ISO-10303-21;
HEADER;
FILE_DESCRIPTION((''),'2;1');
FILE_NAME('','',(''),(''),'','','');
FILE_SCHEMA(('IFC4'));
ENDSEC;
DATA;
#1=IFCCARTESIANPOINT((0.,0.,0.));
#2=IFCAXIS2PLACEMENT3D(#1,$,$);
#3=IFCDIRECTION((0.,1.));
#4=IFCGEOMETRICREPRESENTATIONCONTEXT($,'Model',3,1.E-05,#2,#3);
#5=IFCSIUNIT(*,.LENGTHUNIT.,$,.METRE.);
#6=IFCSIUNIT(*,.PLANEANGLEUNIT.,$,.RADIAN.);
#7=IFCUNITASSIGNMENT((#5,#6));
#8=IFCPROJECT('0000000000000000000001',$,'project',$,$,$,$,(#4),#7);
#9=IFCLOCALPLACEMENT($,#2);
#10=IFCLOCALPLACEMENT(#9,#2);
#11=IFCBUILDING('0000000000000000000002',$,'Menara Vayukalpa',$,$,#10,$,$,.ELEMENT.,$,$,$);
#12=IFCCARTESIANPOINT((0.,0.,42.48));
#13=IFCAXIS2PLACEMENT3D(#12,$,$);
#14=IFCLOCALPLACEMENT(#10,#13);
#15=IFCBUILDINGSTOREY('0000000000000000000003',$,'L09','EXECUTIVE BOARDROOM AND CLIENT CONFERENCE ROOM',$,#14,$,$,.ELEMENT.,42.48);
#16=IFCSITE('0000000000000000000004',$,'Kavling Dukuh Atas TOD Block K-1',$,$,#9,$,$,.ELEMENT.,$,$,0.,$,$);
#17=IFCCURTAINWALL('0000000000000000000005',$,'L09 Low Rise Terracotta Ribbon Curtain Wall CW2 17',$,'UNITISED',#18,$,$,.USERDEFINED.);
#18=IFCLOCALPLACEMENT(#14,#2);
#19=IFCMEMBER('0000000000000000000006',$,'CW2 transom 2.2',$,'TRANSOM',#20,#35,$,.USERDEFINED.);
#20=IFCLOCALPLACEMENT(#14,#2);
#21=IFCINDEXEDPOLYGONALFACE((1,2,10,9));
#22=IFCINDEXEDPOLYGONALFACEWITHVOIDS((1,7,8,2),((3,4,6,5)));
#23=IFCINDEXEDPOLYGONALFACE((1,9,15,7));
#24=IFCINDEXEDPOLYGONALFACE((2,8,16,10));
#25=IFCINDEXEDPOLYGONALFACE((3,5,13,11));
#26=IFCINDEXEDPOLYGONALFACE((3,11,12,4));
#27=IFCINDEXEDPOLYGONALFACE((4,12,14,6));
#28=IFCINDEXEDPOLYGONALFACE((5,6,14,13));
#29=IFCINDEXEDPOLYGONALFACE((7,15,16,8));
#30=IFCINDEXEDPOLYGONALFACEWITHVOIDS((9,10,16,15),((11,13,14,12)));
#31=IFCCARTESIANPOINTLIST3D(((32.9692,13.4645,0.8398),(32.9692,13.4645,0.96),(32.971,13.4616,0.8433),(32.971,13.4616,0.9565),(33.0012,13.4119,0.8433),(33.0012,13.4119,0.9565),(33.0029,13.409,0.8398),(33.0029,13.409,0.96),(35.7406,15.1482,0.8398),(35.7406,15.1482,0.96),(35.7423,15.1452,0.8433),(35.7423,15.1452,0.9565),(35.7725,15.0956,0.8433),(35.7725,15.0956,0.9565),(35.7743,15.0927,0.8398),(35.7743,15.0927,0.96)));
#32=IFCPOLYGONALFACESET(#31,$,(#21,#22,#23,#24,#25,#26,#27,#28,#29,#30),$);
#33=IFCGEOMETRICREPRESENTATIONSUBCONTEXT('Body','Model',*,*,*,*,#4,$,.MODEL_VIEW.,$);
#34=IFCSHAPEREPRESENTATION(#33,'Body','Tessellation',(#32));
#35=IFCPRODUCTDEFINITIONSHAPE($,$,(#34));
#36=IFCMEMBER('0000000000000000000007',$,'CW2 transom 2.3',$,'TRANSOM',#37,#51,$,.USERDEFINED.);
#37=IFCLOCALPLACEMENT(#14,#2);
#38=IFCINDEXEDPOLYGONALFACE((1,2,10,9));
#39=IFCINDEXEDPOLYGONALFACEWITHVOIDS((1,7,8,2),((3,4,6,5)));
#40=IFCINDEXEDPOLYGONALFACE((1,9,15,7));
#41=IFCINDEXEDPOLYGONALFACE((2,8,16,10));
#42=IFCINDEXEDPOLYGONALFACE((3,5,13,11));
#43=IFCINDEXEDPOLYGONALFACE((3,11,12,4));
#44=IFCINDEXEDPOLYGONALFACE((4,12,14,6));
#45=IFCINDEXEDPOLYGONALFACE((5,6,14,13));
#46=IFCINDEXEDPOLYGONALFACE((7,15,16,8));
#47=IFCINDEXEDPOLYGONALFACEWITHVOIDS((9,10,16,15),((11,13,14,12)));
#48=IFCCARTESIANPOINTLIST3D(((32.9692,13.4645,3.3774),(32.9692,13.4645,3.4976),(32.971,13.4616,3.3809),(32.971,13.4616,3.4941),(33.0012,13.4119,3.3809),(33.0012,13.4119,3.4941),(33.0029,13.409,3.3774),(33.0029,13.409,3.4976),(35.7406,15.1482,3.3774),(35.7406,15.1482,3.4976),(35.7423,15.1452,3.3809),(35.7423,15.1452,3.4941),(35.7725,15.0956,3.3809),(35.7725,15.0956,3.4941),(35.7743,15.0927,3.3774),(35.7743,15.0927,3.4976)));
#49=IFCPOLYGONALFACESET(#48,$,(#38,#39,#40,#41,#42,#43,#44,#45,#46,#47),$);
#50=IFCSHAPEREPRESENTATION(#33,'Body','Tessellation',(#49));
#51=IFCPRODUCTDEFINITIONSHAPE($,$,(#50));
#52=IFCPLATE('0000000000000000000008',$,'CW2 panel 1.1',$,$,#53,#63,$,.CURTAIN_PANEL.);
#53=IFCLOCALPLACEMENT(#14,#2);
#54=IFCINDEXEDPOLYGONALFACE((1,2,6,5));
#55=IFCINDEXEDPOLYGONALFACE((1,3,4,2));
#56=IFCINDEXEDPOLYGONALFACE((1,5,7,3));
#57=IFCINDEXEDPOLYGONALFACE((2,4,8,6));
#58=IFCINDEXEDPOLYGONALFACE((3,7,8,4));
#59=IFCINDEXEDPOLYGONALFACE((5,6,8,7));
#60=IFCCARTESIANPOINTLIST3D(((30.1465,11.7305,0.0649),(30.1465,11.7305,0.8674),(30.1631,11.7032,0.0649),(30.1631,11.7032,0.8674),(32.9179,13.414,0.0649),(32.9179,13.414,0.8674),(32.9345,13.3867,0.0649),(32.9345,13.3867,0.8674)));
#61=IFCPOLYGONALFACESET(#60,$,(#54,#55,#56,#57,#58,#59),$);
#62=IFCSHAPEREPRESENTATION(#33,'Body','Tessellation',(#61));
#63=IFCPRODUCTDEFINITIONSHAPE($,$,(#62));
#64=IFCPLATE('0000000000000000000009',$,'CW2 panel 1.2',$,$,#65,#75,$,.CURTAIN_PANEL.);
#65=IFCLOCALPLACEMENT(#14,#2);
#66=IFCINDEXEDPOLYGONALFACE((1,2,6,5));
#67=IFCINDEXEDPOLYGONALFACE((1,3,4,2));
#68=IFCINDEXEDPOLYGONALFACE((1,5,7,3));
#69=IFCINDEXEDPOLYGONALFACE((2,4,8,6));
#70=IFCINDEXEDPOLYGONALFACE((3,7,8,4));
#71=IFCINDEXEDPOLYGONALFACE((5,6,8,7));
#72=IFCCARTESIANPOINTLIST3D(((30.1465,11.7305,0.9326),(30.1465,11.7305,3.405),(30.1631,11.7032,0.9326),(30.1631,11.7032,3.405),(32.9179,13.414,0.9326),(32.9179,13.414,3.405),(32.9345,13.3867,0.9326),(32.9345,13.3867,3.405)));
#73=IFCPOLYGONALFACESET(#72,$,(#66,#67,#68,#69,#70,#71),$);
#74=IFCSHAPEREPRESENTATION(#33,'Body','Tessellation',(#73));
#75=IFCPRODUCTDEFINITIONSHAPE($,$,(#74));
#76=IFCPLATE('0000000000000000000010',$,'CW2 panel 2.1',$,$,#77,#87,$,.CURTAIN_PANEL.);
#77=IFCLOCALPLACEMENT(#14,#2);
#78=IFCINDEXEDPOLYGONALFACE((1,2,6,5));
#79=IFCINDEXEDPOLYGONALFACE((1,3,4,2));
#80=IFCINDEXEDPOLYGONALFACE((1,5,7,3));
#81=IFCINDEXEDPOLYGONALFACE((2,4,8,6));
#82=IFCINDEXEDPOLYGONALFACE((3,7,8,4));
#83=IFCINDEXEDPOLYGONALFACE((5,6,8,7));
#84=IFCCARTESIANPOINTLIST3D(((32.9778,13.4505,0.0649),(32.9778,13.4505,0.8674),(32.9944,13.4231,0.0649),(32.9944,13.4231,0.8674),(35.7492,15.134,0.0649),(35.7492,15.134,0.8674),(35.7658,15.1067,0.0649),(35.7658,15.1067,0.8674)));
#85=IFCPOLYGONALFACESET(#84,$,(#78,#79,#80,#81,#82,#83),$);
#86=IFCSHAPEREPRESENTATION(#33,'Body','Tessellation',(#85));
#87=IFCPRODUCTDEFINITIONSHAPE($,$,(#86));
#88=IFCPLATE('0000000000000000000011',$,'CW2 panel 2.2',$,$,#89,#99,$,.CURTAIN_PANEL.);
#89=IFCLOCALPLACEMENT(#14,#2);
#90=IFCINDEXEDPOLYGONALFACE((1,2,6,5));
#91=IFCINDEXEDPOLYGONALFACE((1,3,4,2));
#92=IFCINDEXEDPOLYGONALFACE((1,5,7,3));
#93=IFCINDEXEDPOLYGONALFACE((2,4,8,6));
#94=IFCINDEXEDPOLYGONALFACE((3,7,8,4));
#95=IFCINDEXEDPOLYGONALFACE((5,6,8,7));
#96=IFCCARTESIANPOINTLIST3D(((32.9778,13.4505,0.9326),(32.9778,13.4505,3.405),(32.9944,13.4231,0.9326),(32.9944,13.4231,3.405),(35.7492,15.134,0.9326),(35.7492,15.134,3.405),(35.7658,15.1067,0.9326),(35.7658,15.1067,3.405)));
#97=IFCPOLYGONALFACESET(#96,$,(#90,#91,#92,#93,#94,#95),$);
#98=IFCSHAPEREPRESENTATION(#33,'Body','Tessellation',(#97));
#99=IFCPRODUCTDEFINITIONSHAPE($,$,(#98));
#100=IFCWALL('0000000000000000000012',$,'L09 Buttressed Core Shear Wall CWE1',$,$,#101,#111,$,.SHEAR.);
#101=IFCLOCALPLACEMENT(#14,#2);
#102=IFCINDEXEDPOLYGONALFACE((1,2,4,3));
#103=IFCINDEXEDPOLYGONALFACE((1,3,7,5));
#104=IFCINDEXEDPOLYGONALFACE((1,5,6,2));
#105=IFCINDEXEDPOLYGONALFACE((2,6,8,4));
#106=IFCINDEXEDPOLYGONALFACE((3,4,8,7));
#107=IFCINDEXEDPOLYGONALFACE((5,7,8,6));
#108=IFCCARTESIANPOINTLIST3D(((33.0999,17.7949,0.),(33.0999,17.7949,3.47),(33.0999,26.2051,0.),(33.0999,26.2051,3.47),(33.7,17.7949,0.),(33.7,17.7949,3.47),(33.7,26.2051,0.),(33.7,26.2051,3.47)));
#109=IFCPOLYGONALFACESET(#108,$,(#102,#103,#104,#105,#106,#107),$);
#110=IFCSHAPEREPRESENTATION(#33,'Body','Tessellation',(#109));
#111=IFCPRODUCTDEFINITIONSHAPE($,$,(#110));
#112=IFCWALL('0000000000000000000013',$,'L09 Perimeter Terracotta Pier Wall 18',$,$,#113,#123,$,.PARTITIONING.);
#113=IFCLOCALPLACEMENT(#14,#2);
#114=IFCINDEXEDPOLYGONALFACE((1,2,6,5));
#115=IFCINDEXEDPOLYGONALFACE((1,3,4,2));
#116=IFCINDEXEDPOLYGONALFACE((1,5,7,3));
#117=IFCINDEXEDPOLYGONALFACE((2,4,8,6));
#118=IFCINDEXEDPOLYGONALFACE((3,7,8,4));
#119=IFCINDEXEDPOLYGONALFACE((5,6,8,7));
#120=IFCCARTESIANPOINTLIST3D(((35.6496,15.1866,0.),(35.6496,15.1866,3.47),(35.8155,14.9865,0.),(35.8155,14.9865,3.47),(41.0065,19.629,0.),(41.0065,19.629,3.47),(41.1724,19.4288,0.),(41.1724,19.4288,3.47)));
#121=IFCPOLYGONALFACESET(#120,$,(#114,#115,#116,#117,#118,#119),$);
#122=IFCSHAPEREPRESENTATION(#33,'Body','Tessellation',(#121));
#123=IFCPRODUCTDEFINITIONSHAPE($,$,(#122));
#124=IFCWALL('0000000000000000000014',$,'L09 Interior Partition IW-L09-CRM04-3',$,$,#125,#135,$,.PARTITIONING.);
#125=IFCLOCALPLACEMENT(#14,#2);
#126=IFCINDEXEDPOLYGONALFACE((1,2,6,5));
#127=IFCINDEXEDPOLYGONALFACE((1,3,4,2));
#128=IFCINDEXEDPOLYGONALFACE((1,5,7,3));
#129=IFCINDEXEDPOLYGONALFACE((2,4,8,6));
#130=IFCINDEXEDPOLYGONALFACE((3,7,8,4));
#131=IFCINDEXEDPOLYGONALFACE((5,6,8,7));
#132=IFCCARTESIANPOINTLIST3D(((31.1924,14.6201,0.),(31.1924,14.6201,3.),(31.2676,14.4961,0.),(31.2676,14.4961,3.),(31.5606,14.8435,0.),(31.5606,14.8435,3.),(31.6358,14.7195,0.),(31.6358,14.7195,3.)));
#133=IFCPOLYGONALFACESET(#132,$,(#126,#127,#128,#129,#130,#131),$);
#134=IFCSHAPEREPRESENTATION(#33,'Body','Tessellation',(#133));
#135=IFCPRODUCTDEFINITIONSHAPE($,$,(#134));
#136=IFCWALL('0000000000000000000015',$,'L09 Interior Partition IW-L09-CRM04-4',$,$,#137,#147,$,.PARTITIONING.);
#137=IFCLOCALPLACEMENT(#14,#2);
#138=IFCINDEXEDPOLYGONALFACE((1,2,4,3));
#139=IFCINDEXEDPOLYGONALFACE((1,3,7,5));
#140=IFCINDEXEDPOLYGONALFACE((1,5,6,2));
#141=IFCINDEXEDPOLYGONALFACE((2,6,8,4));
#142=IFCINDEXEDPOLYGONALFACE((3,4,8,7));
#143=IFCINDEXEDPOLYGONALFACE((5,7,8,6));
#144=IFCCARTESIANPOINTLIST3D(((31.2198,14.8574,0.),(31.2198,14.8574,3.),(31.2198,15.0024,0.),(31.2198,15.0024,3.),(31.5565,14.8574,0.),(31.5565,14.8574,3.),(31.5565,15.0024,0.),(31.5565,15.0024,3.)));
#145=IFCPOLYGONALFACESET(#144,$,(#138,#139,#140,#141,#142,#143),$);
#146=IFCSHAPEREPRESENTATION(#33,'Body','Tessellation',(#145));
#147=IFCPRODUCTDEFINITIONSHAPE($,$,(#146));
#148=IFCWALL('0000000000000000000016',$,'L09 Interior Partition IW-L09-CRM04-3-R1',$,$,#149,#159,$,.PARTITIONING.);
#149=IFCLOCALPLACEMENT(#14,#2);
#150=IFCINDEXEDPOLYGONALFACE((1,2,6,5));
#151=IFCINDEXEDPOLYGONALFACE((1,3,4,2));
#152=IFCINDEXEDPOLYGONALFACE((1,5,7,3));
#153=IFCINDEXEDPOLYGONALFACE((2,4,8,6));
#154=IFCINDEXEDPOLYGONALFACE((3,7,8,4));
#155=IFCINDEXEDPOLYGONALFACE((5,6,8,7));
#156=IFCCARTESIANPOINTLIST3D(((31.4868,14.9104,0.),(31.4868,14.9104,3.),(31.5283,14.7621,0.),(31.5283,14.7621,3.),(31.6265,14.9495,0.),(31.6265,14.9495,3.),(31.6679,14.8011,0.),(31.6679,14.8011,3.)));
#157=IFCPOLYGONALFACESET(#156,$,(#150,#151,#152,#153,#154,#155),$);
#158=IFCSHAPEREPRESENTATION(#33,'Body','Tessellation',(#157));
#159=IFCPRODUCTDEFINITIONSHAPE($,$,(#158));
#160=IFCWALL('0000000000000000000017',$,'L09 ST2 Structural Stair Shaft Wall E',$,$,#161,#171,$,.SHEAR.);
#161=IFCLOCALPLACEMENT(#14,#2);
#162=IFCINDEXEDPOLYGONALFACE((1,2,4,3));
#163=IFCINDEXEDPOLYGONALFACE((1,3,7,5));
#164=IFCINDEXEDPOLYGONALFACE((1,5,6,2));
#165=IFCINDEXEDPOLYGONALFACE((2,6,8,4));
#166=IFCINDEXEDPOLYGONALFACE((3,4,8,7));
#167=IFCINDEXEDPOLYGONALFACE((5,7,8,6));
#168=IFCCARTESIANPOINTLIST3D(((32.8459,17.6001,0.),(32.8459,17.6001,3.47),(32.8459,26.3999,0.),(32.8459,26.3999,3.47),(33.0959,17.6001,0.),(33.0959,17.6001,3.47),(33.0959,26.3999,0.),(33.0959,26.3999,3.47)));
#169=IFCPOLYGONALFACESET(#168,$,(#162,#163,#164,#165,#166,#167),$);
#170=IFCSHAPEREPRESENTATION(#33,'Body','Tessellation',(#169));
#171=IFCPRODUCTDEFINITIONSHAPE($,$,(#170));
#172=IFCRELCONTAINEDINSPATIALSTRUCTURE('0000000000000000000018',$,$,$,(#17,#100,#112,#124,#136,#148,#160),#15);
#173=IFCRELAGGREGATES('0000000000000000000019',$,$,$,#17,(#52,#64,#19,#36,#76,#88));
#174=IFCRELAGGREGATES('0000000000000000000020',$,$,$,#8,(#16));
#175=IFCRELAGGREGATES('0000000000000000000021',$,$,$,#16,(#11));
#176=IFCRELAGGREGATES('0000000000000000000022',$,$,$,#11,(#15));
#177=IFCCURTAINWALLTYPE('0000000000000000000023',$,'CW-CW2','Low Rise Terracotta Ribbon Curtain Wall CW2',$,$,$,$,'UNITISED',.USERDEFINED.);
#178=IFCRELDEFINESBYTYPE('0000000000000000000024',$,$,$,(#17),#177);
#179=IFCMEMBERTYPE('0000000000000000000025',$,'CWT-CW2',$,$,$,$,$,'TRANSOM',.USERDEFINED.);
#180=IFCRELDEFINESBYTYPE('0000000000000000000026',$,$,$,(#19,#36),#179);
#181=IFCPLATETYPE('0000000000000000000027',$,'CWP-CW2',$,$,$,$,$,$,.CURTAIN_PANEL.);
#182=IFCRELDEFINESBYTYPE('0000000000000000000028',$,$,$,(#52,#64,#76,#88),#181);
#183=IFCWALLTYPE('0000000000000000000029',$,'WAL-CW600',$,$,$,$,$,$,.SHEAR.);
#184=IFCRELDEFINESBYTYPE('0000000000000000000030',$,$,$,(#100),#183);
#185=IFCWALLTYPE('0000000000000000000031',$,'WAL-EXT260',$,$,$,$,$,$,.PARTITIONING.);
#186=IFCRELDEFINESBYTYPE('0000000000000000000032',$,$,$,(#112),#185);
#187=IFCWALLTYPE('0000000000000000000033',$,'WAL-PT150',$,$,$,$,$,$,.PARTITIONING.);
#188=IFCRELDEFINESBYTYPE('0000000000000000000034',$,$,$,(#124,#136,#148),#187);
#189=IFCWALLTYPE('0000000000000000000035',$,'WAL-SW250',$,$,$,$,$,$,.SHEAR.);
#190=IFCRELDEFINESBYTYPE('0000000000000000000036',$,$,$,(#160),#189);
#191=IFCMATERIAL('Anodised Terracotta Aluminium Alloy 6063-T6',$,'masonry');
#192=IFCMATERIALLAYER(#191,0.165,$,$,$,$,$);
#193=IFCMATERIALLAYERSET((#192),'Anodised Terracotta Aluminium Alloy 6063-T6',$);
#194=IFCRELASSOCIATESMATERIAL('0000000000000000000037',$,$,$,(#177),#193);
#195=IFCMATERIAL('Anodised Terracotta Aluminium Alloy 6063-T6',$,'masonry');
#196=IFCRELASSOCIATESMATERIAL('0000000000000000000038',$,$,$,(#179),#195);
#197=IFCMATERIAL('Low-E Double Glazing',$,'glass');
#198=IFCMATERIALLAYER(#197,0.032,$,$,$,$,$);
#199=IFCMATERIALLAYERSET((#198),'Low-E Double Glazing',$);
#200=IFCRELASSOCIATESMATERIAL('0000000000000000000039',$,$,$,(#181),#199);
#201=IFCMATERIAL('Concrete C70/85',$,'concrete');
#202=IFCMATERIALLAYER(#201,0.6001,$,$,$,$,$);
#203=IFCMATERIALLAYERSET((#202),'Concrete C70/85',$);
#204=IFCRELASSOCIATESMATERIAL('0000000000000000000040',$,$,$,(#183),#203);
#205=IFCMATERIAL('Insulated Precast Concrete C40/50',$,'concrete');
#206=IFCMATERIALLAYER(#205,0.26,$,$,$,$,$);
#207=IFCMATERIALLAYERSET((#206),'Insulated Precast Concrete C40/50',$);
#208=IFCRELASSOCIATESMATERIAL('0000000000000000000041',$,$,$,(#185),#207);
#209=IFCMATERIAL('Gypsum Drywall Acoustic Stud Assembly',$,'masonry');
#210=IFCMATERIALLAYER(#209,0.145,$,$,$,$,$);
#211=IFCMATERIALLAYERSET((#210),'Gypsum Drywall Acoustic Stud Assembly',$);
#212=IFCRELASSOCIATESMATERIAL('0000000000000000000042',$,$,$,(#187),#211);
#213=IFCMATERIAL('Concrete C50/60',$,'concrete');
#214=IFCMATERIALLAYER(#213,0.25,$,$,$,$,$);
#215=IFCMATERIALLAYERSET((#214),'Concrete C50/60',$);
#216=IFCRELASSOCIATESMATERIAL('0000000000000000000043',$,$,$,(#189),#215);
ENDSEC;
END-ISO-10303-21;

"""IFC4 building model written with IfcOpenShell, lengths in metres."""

from ifc_helpers import new_model, si_unit, direction, frame, frame_2d, origin, origin_2d, place, context, subcontext, project, spatial, rectangle, hollow_rectangle, extrude, material, layer, layer_set, material_profile, profile_set, type_object, element, aggregate, save


model = new_model("IFC4")

# Units and contexts
model_context = context("Model", 3, precision=1e-05, world=origin(), true_north=direction((0.0, 1.0)))
body_context = subcontext(model_context, "Body", "Model", "MODEL_VIEW")
ifc_project = project(units=[si_unit("LENGTHUNIT", "METRE"), si_unit("PLANEANGLEUNIT", "RADIAN")], contexts=[model_context])

# Site, building, storey
site_placement = place(None, origin())
site = spatial("IfcSite", under=ifc_project, at=site_placement, Name="Kavling Dukuh Atas TOD Block K-1", CompositionType="ELEMENT", RefElevation=0.0)
building_placement = place(site_placement, origin())
building = spatial("IfcBuilding", under=site, at=building_placement, Name="Menara Vayukalpa", CompositionType="ELEMENT")
storey_placement = place(building_placement, frame((0.0, 0.0, 42.48)))
storey = spatial("IfcBuildingStorey", under=building, at=storey_placement, Name="L09", Description="EXECUTIVE BOARDROOM AND CLIENT CONFERENCE ROOM", CompositionType="ELEMENT", Elevation=42.48)

# Curtain wall, members, plates
ifc_material_1 = material(Name="Anodised Terracotta Aluminium Alloy 6063-T6", Category="masonry")
ifc_layer_1 = layer(ifc_material_1, 0.165)
ifc_layer_set_1 = layer_set([ifc_layer_1], Name="Anodised Terracotta Aluminium Alloy 6063-T6")
curtain_wall_type = type_object("IfcCurtainWallType", Name="CW-CW2", Description="Low Rise Terracotta Ribbon Curtain Wall CW2", ElementType="UNITISED", PredefinedType="USERDEFINED", material=ifc_layer_set_1)
curtain_wall_placement = place(storey_placement, origin())
curtain_wall = element("IfcCurtainWall", 1, at=curtain_wall_placement, inside=storey, type_object=curtain_wall_type, Name="L09 Low Rise Terracotta Ribbon Curtain Wall CW2 17", ObjectType="UNITISED", PredefinedType="USERDEFINED")
ifc_material_2 = material(Name="Anodised Terracotta Aluminium Alloy 6063-T6", Category="masonry")
ifc_material_profile_1 = material_profile(ifc_material_2, hollow_rectangle(XDim=0.0649, YDim=0.1201, WallThickness=0.0034, at=origin_2d()), Name="ALU 65x120x3.5")
ifc_profile_set_1 = profile_set([ifc_material_profile_1], Name="Anodised Terracotta Aluminium Alloy 6063-T6")
member_type_1 = type_object("IfcMemberType", Name="CWT-CW2", ElementType="TRANSOM", PredefinedType="USERDEFINED", material=ifc_profile_set_1)
member_1_placement = place(storey_placement, frame((32.9861, 13.4368, 0.8999), z_axis=(0.854643, 0.519216, 0.0), x_axis=(-0.519216, 0.854643, 0.0)))
member_1 = element("IfcMember", 2, at=member_1_placement, type_object=member_type_1, Name="CW2 transom 2.2", ObjectType="TRANSOM", PredefinedType="USERDEFINED", context=body_context, shape_type="SweptSolid", body=[
    extrude(hollow_rectangle(XDim=0.0649, YDim=0.1201, WallThickness=0.0034, at=origin_2d()), origin(), (0.0, 0.0, 1.0), 3.2427),
])
member_2_placement = place(storey_placement, frame((32.9861, 13.4368, 3.4375), z_axis=(0.854643, 0.519216, 0.0), x_axis=(-0.519216, 0.854643, 0.0)))
member_2 = element("IfcMember", 3, at=member_2_placement, type_object=member_type_1, Name="CW2 transom 2.3", ObjectType="TRANSOM", PredefinedType="USERDEFINED", context=body_context, shape_type="SweptSolid", body=[
    extrude(hollow_rectangle(XDim=0.0649, YDim=0.1201, WallThickness=0.0034, at=origin_2d()), origin(), (0.0, 0.0, 1.0), 3.2427),
])
ifc_material_3 = material(Name="Low-E Double Glazing", Category="glass")
ifc_layer_2 = layer(ifc_material_3, 0.032)
ifc_layer_set_2 = layer_set([ifc_layer_2], Name="Low-E Double Glazing")
plate_type = type_object("IfcPlateType", Name="CWP-CW2", PredefinedType="CURTAIN_PANEL", material=ifc_layer_set_2)
plate_1_placement = place(storey_placement, frame((31.5405, 12.5586, 0.0649), z_axis=(0.0, 0.0, 1.0), x_axis=(0.854664, 0.519182, 0.0)))
plate_1 = element("IfcPlate", 4, at=plate_1_placement, type_object=plate_type, Name="CW2 panel 1.1", PredefinedType="CURTAIN_PANEL", context=body_context, shape_type="SweptSolid", body=[
    extrude(rectangle(XDim=3.2427, YDim=0.032, at=origin_2d()), origin(), (0.0, 0.0, 1.0), 0.8025),
])
plate_2_placement = place(storey_placement, frame((31.5405, 12.5586, 0.9326), z_axis=(0.0, 0.0, 1.0), x_axis=(0.854664, 0.519182, 0.0)))
plate_2 = element("IfcPlate", 5, at=plate_2_placement, type_object=plate_type, Name="CW2 panel 1.2", PredefinedType="CURTAIN_PANEL", context=body_context, shape_type="SweptSolid", body=[
    extrude(rectangle(XDim=3.2427, YDim=0.032, at=origin_2d()), origin(), (0.0, 0.0, 1.0), 2.4724),
])
plate_3_placement = place(storey_placement, frame((34.3718, 14.2786, 0.0649), z_axis=(0.0, 0.0, 1.0), x_axis=(0.854664, 0.519182, 0.0)))
plate_3 = element("IfcPlate", 6, at=plate_3_placement, type_object=plate_type, Name="CW2 panel 2.1", PredefinedType="CURTAIN_PANEL", context=body_context, shape_type="SweptSolid", body=[
    extrude(rectangle(XDim=3.2427, YDim=0.032, at=origin_2d()), origin(), (0.0, 0.0, 1.0), 0.8025),
])
plate_4_placement = place(storey_placement, frame((34.3718, 14.2786, 0.9326), z_axis=(0.0, 0.0, 1.0), x_axis=(0.854664, 0.519182, 0.0)))
plate_4 = element("IfcPlate", 7, at=plate_4_placement, type_object=plate_type, Name="CW2 panel 2.2", PredefinedType="CURTAIN_PANEL", context=body_context, shape_type="SweptSolid", body=[
    extrude(rectangle(XDim=3.2427, YDim=0.032, at=origin_2d()), origin(), (0.0, 0.0, 1.0), 2.4724),
])
aggregate(curtain_wall, [plate_1, plate_2, member_1, member_2, plate_3, plate_4])

# Walls
ifc_material_4 = material(Name="Concrete C70/85", Category="concrete")
ifc_layer_3 = layer(ifc_material_4, 0.6001)
ifc_layer_set_3 = layer_set([ifc_layer_3], Name="Concrete C70/85")
wall_type_1 = type_object("IfcWallType", Name="WAL-CW600", PredefinedType="SHEAR", material=ifc_layer_set_3)
wall_1_placement = place(storey_placement, frame((33.3999, 17.7949, 0.0), z_axis=(0.0, 0.0, 1.0), x_axis=(0.0, 1.0, 0.0)))
element("IfcWall", 8, at=wall_1_placement, inside=storey, type_object=wall_type_1, Name="L09 Buttressed Core Shear Wall CWE1", PredefinedType="SHEAR", context=body_context, shape_type="SweptSolid", body=[
    extrude(rectangle(XDim=8.4102, YDim=0.6001, at=frame_2d((4.2051, 0.0))), origin(), (0.0, 0.0, 1.0), 3.47),
])
ifc_material_5 = material(Name="Insulated Precast Concrete C40/50", Category="concrete")
ifc_layer_4 = layer(ifc_material_5, 0.26)
ifc_layer_set_4 = layer_set([ifc_layer_4], Name="Insulated Precast Concrete C40/50")
wall_type_2 = type_object("IfcWallType", Name="WAL-EXT260", PredefinedType="PARTITIONING", material=ifc_layer_set_4)
wall_2_placement = place(storey_placement, frame((41.0894, 19.5288, 0.0), z_axis=(0.0, 0.0, 1.0), x_axis=(-0.769755, -0.63834, 0.0)))
element("IfcWall", 9, at=wall_2_placement, inside=storey, type_object=wall_type_2, Name="L09 Perimeter Terracotta Pier Wall 18", PredefinedType="PARTITIONING", context=body_context, shape_type="SweptSolid", body=[
    extrude(rectangle(XDim=6.9592, YDim=0.26, at=frame_2d((3.4795, 0.0))), origin(), (0.0, 0.0, 1.0), 3.47),
])
ifc_material_6 = material(Name="Gypsum Drywall Acoustic Stud Assembly", Category="masonry")
ifc_layer_5 = layer(ifc_material_6, 0.145)
ifc_layer_set_5 = layer_set([ifc_layer_5], Name="Gypsum Drywall Acoustic Stud Assembly")
wall_type_3 = type_object("IfcWallType", Name="WAL-PT150", PredefinedType="PARTITIONING", material=ifc_layer_set_5)
wall_3_placement = place(storey_placement, frame((31.23, 14.5581, 0.0), z_axis=(0.0, 0.0, 1.0), x_axis=(0.854931, 0.518741, 0.0)))
element("IfcWall", 10, at=wall_3_placement, inside=storey, type_object=wall_type_3, Name="L09 Interior Partition IW-L09-CRM04-3", PredefinedType="PARTITIONING", context=body_context, shape_type="SweptSolid", body=[
    extrude(rectangle(XDim=0.4307, YDim=0.145, at=frame_2d((0.2153, 0.0))), origin(), (0.0, 0.0, 1.0), 3.0),
])
wall_4_placement = place(storey_placement, frame((31.5566, 14.9299, 0.0), z_axis=(0.0, 0.0, 1.0), x_axis=(-1.0, 0.0, 0.0)))
element("IfcWall", 11, at=wall_4_placement, inside=storey, type_object=wall_type_3, Name="L09 Interior Partition IW-L09-CRM04-4", PredefinedType="PARTITIONING", context=body_context, shape_type="SweptSolid", body=[
    extrude(rectangle(XDim=0.3367, YDim=0.145, at=frame_2d((0.1685, 0.0))), origin(), (0.0, 0.0, 1.0), 3.0),
])
wall_5_placement = place(storey_placement, frame((31.5981, 14.7815, 0.0), z_axis=(0.0, 0.0, 1.0), x_axis=(-0.269277, 0.963063, 0.0)))
element("IfcWall", 12, at=wall_5_placement, inside=storey, type_object=wall_type_3, Name="L09 Interior Partition IW-L09-CRM04-3-R1", PredefinedType="PARTITIONING", context=body_context, shape_type="SweptSolid", body=[
    extrude(rectangle(XDim=0.1541, YDim=0.145, at=frame_2d((0.0771, 0.0))), origin(), (0.0, 0.0, 1.0), 3.0),
])
ifc_material_7 = material(Name="Concrete C50/60", Category="concrete")
ifc_layer_6 = layer(ifc_material_7, 0.25)
ifc_layer_set_6 = layer_set([ifc_layer_6], Name="Concrete C50/60")
wall_type_4 = type_object("IfcWallType", Name="WAL-SW250", PredefinedType="SHEAR", material=ifc_layer_set_6)
wall_6_placement = place(storey_placement, frame((32.9709, 17.6001, 0.0), z_axis=(0.0, 0.0, 1.0), x_axis=(0.0, 1.0, 0.0)))
element("IfcWall", 13, at=wall_6_placement, inside=storey, type_object=wall_type_4, Name="L09 ST2 Structural Stair Shaft Wall E", PredefinedType="SHEAR", context=body_context, shape_type="SweptSolid", body=[
    extrude(rectangle(XDim=8.7998, YDim=0.25, at=frame_2d((4.3999, 0.0))), origin(), (0.0, 0.0, 1.0), 3.47),
])

save(model, "model.ifc")
